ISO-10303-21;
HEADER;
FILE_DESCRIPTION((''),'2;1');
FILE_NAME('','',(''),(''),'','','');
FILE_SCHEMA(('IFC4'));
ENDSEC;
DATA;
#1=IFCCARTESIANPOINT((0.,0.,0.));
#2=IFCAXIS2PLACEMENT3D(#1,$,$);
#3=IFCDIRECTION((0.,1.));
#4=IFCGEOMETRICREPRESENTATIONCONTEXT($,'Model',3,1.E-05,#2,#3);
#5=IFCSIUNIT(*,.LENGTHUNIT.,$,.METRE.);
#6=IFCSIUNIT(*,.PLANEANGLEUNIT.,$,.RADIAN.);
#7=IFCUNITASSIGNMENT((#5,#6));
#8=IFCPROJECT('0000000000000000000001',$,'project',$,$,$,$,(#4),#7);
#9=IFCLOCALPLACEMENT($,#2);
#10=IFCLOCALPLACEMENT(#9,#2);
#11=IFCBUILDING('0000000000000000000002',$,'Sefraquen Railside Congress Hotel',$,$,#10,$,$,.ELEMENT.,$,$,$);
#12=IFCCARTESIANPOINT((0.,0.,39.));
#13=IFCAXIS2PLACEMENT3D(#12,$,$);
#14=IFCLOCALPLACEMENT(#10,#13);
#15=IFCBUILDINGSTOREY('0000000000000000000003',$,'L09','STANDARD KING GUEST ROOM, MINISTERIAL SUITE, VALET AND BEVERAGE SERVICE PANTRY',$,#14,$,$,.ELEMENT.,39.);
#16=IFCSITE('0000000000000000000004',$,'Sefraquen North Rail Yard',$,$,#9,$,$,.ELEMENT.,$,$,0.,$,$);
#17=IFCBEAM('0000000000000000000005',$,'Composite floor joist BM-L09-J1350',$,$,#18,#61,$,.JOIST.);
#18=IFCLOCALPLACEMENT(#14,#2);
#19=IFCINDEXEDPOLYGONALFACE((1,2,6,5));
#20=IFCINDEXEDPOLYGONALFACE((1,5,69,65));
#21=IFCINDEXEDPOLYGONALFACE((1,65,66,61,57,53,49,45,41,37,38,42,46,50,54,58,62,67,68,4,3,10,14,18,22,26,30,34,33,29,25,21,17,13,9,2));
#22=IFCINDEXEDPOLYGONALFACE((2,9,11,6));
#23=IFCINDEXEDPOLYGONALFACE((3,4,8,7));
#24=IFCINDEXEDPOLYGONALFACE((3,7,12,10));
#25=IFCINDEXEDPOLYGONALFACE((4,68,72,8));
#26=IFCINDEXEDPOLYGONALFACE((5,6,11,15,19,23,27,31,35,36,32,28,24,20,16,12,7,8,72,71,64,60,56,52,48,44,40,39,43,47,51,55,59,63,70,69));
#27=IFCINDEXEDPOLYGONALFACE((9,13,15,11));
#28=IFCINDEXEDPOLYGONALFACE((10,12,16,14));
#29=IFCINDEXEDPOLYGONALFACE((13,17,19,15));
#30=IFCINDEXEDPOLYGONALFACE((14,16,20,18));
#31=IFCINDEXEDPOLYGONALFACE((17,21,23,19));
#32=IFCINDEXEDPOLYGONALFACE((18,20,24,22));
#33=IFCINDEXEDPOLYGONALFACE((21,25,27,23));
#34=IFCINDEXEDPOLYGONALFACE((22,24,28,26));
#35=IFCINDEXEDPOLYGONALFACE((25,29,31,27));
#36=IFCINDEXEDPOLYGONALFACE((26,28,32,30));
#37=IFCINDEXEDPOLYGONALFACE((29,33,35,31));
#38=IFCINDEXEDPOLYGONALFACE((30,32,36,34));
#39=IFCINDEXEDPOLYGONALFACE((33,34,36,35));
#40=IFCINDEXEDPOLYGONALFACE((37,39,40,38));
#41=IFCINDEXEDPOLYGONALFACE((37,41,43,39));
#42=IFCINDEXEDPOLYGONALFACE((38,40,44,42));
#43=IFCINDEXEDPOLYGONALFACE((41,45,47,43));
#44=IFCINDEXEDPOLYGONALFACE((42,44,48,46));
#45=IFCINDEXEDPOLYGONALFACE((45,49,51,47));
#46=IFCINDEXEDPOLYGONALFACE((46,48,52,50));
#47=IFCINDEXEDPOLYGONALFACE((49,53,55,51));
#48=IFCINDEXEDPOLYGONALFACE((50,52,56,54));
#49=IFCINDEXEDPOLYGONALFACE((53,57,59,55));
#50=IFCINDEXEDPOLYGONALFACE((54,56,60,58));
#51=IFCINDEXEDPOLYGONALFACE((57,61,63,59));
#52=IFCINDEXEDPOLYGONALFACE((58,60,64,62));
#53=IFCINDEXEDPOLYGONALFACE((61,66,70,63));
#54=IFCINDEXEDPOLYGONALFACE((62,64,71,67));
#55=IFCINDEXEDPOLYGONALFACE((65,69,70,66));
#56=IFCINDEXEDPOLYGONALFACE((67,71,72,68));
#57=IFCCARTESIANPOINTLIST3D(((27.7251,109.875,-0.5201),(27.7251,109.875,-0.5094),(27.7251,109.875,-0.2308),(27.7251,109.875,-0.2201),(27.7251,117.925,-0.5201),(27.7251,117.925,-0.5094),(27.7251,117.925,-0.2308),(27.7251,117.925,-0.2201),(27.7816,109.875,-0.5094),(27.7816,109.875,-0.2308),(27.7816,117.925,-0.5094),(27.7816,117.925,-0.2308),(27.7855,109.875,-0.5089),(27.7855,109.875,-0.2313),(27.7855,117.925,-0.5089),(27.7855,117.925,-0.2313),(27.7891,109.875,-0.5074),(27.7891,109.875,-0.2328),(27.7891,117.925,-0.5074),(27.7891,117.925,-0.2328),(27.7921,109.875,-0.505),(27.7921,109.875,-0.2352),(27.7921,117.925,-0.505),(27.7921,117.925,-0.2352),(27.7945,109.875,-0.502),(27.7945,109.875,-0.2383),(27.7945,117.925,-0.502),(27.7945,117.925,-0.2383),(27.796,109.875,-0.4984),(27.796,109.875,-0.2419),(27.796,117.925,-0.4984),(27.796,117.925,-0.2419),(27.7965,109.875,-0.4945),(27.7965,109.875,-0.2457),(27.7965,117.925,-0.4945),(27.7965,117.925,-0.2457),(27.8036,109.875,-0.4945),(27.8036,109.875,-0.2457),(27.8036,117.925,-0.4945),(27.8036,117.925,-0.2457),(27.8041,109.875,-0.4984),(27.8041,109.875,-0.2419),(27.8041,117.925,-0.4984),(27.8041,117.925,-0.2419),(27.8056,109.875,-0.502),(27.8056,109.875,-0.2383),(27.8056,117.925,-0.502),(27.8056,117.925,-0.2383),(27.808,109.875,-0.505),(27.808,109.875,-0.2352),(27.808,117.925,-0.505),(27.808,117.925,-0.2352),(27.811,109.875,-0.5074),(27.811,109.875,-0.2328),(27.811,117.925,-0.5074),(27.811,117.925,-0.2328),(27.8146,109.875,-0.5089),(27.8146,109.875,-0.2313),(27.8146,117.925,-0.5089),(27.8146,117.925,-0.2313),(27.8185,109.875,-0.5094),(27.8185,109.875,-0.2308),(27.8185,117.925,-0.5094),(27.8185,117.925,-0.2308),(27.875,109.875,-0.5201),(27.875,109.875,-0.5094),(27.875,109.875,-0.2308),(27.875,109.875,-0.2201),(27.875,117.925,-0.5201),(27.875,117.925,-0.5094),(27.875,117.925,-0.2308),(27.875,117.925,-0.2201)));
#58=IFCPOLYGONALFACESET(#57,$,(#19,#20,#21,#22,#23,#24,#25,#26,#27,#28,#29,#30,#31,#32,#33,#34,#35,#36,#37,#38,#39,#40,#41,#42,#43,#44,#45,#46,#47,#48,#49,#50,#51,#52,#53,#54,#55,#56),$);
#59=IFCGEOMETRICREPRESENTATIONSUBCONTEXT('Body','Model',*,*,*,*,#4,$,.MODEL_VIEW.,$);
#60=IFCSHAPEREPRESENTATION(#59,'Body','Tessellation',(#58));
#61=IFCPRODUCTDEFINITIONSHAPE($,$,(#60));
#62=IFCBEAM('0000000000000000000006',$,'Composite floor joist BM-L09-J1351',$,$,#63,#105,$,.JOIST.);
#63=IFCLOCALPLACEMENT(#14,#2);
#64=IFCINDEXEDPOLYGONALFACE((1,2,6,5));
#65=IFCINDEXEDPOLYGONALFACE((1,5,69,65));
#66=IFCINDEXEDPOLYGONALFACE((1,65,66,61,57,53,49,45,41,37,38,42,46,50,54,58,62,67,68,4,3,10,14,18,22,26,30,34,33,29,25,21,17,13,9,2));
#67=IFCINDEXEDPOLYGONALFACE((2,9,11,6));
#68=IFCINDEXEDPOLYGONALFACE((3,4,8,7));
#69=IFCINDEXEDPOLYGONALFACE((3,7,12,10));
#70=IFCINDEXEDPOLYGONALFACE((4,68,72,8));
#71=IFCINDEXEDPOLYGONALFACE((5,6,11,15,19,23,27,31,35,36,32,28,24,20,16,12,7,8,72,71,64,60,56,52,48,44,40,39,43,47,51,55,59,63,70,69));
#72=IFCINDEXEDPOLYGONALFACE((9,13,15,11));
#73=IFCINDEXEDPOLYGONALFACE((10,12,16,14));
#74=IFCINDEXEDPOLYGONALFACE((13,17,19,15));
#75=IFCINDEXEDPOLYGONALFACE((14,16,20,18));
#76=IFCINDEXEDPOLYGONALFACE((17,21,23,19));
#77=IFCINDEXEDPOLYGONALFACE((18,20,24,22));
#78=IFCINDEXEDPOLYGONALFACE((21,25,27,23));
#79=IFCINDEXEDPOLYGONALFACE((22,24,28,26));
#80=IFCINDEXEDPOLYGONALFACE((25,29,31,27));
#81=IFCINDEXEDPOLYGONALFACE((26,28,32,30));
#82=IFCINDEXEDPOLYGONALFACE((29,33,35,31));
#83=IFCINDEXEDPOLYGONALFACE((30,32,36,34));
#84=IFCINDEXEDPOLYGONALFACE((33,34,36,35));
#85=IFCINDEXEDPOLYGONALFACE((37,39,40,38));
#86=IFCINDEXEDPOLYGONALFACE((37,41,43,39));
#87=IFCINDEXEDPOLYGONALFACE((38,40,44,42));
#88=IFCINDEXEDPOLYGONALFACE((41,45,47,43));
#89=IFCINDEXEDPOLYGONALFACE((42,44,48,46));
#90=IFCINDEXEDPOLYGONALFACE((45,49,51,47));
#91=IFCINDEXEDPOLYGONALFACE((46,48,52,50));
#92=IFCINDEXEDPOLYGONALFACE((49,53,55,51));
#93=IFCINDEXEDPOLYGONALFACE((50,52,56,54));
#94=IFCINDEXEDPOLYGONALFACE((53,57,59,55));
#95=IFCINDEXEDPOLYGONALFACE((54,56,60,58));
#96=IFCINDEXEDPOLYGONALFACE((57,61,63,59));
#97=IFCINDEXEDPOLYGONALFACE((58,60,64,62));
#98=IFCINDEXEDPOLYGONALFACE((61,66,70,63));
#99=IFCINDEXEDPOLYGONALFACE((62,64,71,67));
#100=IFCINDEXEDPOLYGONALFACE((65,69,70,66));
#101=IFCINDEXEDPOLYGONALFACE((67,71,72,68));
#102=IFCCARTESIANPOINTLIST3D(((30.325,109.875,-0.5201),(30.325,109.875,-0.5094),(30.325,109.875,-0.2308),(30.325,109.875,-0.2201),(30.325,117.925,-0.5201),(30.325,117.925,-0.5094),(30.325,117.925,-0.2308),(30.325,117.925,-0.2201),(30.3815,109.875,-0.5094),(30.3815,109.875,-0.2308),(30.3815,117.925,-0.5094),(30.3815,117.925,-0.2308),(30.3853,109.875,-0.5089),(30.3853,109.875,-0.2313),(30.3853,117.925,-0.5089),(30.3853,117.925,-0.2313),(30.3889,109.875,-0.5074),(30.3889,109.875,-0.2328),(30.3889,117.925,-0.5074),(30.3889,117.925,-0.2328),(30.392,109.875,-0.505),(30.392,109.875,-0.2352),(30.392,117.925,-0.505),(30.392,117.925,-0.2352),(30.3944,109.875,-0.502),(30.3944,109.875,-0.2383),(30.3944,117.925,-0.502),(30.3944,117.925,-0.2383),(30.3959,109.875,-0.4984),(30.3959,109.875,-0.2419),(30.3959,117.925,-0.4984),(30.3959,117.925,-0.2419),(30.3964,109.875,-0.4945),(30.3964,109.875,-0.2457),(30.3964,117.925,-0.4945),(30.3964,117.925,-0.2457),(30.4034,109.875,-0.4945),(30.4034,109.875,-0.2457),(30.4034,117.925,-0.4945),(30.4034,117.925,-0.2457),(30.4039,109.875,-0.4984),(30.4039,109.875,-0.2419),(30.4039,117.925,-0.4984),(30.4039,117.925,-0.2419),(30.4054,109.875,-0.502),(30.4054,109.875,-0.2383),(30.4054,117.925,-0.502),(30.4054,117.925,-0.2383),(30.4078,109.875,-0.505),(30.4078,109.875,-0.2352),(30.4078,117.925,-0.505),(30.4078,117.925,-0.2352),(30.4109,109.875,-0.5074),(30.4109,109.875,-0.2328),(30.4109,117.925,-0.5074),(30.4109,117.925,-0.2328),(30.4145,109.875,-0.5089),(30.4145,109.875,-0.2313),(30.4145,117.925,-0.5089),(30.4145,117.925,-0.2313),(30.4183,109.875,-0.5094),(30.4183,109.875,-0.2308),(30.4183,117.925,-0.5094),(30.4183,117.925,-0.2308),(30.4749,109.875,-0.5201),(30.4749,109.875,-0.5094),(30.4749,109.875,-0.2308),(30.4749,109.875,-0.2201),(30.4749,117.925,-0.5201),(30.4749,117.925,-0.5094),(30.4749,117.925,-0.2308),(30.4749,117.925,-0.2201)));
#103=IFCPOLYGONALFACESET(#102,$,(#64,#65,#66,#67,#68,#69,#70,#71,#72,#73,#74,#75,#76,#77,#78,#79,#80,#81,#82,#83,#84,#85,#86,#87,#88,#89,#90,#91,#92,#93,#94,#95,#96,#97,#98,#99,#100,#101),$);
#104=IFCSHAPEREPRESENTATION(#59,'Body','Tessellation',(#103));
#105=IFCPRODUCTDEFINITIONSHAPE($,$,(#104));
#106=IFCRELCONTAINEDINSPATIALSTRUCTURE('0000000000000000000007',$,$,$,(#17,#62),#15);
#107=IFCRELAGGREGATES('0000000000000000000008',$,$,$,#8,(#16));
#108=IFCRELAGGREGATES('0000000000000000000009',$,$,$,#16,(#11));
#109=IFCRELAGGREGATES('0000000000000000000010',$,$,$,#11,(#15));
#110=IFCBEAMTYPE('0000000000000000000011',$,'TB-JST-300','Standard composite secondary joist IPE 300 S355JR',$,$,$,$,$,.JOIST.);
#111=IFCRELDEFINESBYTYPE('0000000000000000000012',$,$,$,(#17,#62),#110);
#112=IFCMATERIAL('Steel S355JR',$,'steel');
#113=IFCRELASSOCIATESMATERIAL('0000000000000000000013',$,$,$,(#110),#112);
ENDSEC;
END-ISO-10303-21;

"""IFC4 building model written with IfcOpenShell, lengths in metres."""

from ifc_helpers import new_model, si_unit, direction, frame, origin, origin_2d, place, context, subcontext, project, spatial, i_section, extrude, material, material_profile, profile_set, type_object, element, save


model = new_model("IFC4")

# Units and contexts
model_context = context("Model", 3, precision=1e-05, world=origin(), true_north=direction((0.0, 1.0)))
body_context = subcontext(model_context, "Body", "Model", "MODEL_VIEW")
ifc_project = project(units=[si_unit("LENGTHUNIT", "METRE"), si_unit("PLANEANGLEUNIT", "RADIAN")], contexts=[model_context])

# Site, building, storey
site_placement = place(None, origin())
site = spatial("IfcSite", under=ifc_project, at=site_placement, Name="Sefraquen North Rail Yard", CompositionType="ELEMENT", RefElevation=0.0)
building_placement = place(site_placement, origin())
building = spatial("IfcBuilding", under=site, at=building_placement, Name="Sefraquen Railside Congress Hotel", CompositionType="ELEMENT")
storey_placement = place(building_placement, frame((0.0, 0.0, 39.0)))
storey = spatial("IfcBuildingStorey", under=building, at=storey_placement, Name="L09", Description="STANDARD KING GUEST ROOM, MINISTERIAL SUITE, VALET AND BEVERAGE SERVICE PANTRY", CompositionType="ELEMENT", Elevation=39.0)

# Shared definitions
ifc_material_1 = material(Name="Steel S355JR", Category="steel")

# Beams
ifc_material_profile_1 = material_profile(ifc_material_1, i_section(OverallWidth=0.1499, OverallDepth=0.3, WebThickness=0.0071, FlangeThickness=0.0107, FilletRadius=0.0149, at=origin_2d()), Name="IPE 300")
ifc_profile_set_1 = profile_set([ifc_material_profile_1], Name="Steel S355JR")
beam_type_1 = type_object("IfcBeamType", Name="TB-JST-300", Description="Standard composite secondary joist IPE 300 S355JR", PredefinedType="JOIST", material=ifc_profile_set_1)
for number, where, z_axis, x_axis, name in (
    (1, (27.8, 109.875, -0.3701), (0.0, 1.0, 0.0), (-1.0, 0.0, 0.0), "Composite floor joist BM-L09-J1350"),
    (2, (30.3999, 109.875, -0.3701), (0.0, 1.0, 0.0), (-1.0, 0.0, 0.0), "Composite floor joist BM-L09-J1351"),
):
    element("IfcBeam", number, at=place(storey_placement, frame(where, z_axis=z_axis, x_axis=x_axis)), inside=storey, type_object=beam_type_1, Name=name, PredefinedType="JOIST", context=body_context, shape_type="SweptSolid", body=[
        extrude(i_section(OverallWidth=0.1499, OverallDepth=0.3, WebThickness=0.0071, FlangeThickness=0.0107, FilletRadius=0.0149, at=origin_2d()), origin(), (0.0, 0.0, 1.0), 8.05),
    ])

save(model, "model.ifc")
